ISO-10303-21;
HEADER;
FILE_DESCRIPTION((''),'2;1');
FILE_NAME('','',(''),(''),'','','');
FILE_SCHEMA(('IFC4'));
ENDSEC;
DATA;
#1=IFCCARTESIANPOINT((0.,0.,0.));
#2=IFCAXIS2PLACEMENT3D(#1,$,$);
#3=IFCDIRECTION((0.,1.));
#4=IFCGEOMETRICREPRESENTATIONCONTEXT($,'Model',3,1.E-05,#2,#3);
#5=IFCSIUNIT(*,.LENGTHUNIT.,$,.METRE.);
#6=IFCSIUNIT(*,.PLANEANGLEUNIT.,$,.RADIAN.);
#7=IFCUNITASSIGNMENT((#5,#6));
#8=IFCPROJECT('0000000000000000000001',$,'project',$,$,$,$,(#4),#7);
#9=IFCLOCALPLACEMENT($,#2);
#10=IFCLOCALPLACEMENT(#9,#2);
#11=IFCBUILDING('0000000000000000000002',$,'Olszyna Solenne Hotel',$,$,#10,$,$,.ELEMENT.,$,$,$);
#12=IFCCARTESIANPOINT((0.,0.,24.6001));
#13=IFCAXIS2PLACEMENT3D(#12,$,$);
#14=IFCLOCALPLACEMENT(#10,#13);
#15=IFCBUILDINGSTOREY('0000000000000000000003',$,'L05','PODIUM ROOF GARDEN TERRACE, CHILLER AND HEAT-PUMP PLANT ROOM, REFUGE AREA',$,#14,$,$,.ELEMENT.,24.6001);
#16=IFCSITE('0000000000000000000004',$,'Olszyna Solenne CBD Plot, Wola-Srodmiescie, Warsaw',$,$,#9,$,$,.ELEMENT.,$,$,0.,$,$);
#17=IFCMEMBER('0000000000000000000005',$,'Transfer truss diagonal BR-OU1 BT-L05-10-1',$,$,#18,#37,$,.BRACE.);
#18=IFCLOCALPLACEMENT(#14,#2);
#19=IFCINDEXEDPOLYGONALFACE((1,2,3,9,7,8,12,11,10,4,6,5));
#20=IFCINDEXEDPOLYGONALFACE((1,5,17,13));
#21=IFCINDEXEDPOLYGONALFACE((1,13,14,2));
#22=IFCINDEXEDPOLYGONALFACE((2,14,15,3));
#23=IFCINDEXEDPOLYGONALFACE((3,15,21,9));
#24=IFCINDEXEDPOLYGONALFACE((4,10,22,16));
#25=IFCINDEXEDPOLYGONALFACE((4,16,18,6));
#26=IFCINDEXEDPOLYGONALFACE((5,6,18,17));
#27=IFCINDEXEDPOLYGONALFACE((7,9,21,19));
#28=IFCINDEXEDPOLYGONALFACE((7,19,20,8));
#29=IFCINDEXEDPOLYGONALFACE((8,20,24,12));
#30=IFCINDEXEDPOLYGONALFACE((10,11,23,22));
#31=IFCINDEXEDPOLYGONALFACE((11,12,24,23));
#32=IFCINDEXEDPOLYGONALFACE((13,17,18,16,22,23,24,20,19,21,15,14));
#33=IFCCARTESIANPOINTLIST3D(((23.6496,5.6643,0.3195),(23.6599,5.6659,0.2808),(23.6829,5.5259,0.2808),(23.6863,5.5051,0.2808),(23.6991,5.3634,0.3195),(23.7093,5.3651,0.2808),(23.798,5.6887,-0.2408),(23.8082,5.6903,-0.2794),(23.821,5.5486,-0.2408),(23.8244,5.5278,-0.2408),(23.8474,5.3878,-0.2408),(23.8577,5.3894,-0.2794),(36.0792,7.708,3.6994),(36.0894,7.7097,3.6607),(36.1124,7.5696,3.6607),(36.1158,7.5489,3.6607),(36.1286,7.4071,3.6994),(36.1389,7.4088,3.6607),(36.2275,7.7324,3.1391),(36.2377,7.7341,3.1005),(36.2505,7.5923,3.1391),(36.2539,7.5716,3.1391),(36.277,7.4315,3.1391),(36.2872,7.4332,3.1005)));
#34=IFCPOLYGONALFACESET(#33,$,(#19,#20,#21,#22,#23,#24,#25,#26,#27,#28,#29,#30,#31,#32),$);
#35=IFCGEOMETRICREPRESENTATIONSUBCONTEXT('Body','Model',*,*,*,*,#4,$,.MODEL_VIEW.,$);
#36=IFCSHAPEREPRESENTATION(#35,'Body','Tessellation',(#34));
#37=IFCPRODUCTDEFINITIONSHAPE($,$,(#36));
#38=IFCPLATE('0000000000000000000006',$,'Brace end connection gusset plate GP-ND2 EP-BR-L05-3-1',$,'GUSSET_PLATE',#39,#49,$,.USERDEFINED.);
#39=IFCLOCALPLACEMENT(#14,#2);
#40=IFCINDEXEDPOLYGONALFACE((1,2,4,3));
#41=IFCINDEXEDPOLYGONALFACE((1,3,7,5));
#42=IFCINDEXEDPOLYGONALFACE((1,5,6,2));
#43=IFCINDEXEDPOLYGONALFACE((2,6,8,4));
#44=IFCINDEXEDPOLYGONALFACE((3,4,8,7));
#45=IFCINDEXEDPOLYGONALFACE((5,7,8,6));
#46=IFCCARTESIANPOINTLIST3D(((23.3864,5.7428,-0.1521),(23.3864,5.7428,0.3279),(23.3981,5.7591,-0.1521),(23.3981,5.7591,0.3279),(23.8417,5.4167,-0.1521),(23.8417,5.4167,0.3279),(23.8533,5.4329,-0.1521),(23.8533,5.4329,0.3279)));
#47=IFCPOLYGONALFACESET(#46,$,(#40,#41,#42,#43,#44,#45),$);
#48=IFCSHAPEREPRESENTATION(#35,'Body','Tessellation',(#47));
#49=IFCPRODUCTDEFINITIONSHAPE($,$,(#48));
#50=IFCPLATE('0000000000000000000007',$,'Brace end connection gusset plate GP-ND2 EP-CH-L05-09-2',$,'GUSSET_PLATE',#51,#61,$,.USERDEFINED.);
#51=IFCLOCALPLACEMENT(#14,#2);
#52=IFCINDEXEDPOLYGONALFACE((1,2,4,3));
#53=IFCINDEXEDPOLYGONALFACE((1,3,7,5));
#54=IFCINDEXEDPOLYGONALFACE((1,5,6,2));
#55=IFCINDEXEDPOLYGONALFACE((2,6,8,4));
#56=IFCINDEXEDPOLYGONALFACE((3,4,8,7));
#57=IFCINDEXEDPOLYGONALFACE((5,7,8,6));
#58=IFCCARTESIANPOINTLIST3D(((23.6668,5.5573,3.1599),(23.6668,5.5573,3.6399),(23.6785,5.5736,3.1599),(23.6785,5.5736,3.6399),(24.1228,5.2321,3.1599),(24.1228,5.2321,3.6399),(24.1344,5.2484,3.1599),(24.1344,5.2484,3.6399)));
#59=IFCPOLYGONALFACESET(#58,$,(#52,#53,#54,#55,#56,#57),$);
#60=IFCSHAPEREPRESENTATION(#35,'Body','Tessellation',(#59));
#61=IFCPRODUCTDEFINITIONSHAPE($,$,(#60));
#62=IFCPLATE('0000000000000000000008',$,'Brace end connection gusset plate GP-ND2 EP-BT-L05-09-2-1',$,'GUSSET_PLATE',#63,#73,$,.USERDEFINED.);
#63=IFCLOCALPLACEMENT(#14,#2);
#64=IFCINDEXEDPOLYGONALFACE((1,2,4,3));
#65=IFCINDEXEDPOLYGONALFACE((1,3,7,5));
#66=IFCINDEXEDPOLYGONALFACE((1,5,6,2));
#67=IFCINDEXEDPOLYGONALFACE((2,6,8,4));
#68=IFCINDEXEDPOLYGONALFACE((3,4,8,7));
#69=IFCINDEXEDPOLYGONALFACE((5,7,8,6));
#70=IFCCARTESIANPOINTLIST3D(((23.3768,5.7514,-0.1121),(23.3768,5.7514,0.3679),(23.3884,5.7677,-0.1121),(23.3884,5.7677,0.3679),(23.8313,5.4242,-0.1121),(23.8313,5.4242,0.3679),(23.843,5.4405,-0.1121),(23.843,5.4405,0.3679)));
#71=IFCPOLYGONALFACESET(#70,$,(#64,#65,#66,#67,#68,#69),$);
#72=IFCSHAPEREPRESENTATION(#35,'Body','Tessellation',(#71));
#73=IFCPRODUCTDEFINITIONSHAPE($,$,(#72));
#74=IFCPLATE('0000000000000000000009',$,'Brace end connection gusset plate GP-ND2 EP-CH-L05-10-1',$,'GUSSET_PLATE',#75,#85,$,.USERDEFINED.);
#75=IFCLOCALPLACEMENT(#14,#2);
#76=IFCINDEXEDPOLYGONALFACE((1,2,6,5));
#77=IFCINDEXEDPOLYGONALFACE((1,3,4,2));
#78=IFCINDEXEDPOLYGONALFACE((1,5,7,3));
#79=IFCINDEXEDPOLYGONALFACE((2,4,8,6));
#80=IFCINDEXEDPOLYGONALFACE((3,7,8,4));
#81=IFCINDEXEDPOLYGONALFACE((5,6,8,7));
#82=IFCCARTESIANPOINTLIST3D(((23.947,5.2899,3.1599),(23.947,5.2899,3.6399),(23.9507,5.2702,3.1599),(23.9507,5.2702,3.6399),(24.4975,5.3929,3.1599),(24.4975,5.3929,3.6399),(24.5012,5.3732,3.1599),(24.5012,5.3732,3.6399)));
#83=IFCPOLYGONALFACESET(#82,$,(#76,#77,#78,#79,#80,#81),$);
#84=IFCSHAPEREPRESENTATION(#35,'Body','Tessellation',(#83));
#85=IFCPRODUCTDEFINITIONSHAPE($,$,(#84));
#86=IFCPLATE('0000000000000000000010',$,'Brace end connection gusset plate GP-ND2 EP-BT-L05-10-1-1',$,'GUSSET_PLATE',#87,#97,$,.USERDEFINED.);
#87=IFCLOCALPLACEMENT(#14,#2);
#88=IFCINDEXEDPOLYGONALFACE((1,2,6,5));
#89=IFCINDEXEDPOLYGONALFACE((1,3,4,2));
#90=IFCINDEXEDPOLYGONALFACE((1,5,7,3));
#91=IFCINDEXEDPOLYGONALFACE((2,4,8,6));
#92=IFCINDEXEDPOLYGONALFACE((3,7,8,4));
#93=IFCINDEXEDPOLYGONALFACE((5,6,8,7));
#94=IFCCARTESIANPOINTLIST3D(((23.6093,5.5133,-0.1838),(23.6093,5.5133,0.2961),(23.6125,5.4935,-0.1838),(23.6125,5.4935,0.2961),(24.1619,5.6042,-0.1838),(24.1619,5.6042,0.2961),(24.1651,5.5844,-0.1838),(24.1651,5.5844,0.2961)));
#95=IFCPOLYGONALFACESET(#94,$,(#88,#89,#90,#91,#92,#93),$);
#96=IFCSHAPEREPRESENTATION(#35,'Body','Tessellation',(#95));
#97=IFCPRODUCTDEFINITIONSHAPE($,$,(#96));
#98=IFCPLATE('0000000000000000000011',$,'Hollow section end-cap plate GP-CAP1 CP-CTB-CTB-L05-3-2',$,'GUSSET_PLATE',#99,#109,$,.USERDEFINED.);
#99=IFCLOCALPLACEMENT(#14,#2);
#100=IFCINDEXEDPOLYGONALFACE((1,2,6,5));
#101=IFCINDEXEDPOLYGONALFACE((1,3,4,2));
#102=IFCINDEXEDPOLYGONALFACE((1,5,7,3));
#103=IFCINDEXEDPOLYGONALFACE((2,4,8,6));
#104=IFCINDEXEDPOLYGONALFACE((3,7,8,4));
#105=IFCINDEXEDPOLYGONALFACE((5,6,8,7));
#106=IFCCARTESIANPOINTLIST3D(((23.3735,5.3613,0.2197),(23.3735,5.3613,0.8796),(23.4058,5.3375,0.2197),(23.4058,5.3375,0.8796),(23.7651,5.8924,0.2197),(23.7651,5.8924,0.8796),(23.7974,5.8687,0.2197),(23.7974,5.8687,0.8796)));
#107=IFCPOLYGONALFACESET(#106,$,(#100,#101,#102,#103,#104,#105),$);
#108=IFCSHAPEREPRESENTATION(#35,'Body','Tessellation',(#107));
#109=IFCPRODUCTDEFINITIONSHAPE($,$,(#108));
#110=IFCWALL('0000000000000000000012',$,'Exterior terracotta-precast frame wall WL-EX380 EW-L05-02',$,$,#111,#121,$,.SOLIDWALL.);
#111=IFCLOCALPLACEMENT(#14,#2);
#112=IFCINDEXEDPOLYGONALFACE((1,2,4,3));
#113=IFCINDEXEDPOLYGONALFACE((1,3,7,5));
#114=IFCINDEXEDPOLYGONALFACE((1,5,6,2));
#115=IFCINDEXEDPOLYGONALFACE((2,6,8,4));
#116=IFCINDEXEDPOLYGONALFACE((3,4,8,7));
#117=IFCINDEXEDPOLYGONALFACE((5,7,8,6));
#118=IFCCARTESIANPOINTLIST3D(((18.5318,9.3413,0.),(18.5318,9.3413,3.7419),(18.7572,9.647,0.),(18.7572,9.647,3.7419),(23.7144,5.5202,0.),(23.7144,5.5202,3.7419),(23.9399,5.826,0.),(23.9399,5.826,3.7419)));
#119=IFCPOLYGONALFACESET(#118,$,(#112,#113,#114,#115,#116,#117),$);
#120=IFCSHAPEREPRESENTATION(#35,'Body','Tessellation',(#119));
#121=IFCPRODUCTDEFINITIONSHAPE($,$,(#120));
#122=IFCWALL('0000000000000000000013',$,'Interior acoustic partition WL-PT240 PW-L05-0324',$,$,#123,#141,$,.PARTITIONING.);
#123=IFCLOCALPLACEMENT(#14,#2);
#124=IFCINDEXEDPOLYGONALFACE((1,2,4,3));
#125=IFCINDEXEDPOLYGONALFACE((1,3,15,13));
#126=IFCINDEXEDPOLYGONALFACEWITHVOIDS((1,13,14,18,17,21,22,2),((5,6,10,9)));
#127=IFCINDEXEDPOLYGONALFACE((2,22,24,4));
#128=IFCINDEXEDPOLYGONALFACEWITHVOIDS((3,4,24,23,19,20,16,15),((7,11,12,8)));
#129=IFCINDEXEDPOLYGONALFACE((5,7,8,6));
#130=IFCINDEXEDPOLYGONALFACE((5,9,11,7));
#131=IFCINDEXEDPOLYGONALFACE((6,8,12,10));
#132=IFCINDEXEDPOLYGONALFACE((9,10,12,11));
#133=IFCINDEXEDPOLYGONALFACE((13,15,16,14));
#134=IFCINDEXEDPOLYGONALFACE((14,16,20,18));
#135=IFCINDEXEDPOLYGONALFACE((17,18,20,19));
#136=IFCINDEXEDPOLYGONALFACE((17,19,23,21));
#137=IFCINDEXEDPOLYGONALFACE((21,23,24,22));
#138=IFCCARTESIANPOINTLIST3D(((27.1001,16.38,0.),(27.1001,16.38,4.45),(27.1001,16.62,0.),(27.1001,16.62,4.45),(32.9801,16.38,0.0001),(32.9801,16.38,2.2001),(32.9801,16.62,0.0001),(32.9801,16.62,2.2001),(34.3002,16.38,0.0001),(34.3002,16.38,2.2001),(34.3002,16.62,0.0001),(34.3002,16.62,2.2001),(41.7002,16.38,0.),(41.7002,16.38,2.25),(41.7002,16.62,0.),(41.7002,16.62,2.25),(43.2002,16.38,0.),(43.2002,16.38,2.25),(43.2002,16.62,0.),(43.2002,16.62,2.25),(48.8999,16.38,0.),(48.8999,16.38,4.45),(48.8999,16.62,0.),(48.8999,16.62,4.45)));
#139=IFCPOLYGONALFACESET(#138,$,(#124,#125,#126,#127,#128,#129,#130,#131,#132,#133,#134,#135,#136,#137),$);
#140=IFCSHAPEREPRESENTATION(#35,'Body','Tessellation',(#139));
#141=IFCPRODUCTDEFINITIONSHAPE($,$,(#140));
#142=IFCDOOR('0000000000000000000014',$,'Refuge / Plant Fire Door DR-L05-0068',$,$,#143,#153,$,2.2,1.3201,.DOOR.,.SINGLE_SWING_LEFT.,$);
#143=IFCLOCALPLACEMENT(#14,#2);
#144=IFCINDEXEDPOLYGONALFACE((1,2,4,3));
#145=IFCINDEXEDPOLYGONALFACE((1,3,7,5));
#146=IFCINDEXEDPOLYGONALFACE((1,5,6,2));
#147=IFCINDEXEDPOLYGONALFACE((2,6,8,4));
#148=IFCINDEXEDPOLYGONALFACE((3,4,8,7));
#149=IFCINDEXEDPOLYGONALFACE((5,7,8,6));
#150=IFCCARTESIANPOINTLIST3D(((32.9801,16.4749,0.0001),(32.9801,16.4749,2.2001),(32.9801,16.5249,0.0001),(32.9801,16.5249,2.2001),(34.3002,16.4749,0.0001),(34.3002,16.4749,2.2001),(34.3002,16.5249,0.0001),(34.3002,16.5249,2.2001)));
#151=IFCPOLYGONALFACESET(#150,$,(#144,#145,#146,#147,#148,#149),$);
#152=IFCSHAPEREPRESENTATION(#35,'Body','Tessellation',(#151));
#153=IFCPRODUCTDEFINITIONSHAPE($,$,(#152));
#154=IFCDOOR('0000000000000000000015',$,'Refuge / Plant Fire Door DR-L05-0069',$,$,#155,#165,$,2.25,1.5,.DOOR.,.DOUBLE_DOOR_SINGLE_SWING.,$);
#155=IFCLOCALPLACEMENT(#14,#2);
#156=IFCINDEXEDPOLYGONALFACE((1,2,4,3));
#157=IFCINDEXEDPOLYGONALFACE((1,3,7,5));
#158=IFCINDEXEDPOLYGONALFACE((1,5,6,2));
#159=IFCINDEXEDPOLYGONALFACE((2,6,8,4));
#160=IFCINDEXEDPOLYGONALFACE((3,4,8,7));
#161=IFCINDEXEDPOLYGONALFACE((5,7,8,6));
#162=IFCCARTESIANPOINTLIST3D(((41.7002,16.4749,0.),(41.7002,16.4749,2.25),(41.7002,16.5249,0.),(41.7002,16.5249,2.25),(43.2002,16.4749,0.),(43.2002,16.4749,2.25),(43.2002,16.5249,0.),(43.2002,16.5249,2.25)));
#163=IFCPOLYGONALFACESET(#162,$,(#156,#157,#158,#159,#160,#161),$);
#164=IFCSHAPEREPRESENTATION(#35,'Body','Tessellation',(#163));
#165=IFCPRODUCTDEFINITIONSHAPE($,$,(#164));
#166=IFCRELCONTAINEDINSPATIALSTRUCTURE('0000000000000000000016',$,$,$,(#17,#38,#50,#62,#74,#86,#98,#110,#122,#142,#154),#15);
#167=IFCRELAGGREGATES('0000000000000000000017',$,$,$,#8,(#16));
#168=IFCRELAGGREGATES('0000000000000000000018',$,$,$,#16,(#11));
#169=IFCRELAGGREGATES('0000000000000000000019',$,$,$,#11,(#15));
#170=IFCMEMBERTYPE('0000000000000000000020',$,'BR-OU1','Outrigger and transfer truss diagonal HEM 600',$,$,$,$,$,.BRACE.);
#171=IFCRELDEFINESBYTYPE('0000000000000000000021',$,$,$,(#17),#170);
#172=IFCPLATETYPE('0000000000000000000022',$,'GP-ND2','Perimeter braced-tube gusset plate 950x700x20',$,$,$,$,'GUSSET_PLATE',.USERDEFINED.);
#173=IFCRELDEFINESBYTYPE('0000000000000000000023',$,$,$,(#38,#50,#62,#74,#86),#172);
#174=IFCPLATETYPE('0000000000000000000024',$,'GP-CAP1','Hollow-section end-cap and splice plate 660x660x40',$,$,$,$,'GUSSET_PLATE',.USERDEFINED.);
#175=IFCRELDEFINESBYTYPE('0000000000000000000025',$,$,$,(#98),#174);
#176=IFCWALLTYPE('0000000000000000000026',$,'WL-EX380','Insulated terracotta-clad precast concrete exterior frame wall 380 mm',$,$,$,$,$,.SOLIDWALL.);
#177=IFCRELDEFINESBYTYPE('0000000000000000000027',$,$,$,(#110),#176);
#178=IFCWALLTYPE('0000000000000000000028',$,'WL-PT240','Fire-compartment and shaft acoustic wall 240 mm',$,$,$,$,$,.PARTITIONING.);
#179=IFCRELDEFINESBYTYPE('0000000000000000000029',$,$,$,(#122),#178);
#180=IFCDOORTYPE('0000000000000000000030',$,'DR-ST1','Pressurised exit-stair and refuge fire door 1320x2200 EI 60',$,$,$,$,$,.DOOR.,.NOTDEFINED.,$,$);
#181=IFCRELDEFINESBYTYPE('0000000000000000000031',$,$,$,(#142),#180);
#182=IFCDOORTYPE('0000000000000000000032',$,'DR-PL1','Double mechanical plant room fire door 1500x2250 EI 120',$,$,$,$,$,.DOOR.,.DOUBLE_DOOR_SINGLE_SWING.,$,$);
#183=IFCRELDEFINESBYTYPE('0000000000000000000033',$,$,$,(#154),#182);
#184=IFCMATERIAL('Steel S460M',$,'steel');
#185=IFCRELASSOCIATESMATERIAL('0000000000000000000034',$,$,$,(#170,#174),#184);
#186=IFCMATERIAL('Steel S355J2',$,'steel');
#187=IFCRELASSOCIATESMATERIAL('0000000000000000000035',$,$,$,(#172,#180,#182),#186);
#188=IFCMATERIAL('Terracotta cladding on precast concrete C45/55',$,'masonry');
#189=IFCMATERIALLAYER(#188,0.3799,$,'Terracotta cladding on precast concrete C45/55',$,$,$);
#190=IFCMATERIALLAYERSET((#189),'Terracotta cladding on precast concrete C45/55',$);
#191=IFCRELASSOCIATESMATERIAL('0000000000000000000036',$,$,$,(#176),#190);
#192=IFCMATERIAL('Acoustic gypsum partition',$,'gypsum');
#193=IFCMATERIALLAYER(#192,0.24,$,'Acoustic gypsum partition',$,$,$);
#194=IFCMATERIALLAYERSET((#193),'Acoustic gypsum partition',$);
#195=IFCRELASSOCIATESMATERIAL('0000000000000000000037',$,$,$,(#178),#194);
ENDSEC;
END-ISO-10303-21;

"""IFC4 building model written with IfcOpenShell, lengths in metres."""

from ifc_helpers import new_model, si_unit, direction, frame, frame_2d, origin, origin_2d, place, context, subcontext, project, spatial, rectangle, i_section, extrude, source, transform, mapped, material, layer, layer_set, material_profile, profile_set, type_object, type_shapes, element, fill, save


model = new_model("IFC4")

# Units and contexts
model_context = context("Model", 3, precision=1e-05, world=origin(), true_north=direction((0.0, 1.0)))
body_context = subcontext(model_context, "Body", "Model", "MODEL_VIEW")
ifc_project = project(units=[si_unit("LENGTHUNIT", "METRE"), si_unit("PLANEANGLEUNIT", "RADIAN")], contexts=[model_context])

# Site, building, storey
site_placement = place(None, origin())
site = spatial("IfcSite", under=ifc_project, at=site_placement, Name="Olszyna Solenne CBD Plot, Wola-Srodmiescie, Warsaw", CompositionType="ELEMENT", RefElevation=0.0)
building_placement = place(site_placement, origin())
building = spatial("IfcBuilding", under=site, at=building_placement, Name="Olszyna Solenne Hotel", CompositionType="ELEMENT")
storey_placement = place(building_placement, frame((0.0, 0.0, 24.6001)))
storey = spatial("IfcBuildingStorey", under=building, at=storey_placement, Name="L05", Description="PODIUM ROOF GARDEN TERRACE, CHILLER AND HEAT-PUMP PLANT ROOM, REFUGE AREA", CompositionType="ELEMENT", Elevation=24.6001)

# Shared definitions
ifc_material_1 = material(Name="Steel S460M", Category="steel")

# Shared definitions
ifc_material_2 = material(Name="Steel S355J2", Category="steel")

# Member
ifc_material_profile_1 = material_profile(ifc_material_1, i_section(OverallWidth=0.3049, OverallDepth=0.6201, WebThickness=0.021, FlangeThickness=0.04, at=origin_2d()), Name="HEM 600", Category="load-bearing")
ifc_profile_set_1 = profile_set([ifc_material_profile_1], Name="Steel S460M")
member_type_1 = type_object("IfcMemberType", Name="BR-OU1", Description="Outrigger and transfer truss diagonal HEM 600", PredefinedType="BRACE", material=ifc_profile_set_1)
shared_shape_1 = source(origin(), body_context, "Body", "SweptSolid", [
    extrude(i_section(OverallWidth=0.3049, OverallDepth=0.6201, WebThickness=0.021, FlangeThickness=0.04, at=origin_2d()), origin(), (0.0, 0.0, 1.0), 13.042),
])
member_1_placement = place(storey_placement, frame((23.7537, 5.5269, 0.02), z_axis=(0.953039, 0.156703, 0.259156), x_axis=(-0.162246, 0.98675, 0.0)))
element("IfcMember", 1, at=member_1_placement, inside=storey, type_object=member_type_1, Name="Transfer truss diagonal BR-OU1 BT-L05-10-1", PredefinedType="BRACE", context=body_context, shape_type="MappedRepresentation", body=[
    mapped(shared_shape_1, transform((0.0, 0.0, 0.0), x_axis=(1.0, 0.0, 0.0), y_axis=(0.0, 1.0, 0.0), z_axis=(0.0, 0.0, 1.0), scale=1.0)),
])

# Plates
plate_type_1 = type_object("IfcPlateType", Name="GP-ND2", Description="Perimeter braced-tube gusset plate 950x700x20", ElementType="GUSSET_PLATE", PredefinedType="USERDEFINED", material=ifc_material_2)
shared_shape_2 = source(origin(), body_context, "Body", "SweptSolid", [
    extrude(rectangle(XDim=0.5601, YDim=0.02, at=origin_2d()), origin(), (0.0, 0.0, 1.0), 0.48),
])
for number, where, z_axis, x_axis, name in (
    (2, (23.6199, 5.5879, -0.1521), (0.0, 0.0, 1.0), (-0.812898, 0.582407, 0.0), "Brace end connection gusset plate GP-ND2 EP-BR-L05-3-1"),
    (3, (23.9006, 5.4028, 3.1599), (0.0, 0.0, 1.0), (0.814116, -0.580703, 0.0), "Brace end connection gusset plate GP-ND2 EP-CH-L05-09-2"),
    (4, (23.6099, 5.5959, -0.1121), (0.0, 0.0, 1.0), (-0.811574, 0.58425, 0.0), "Brace end connection gusset plate GP-ND2 EP-BT-L05-09-2-1"),
    (5, (24.2241, 5.3315, 3.1599), (0.0, 0.0, 1.0), (0.982935, 0.183951, 0.0), "Brace end connection gusset plate GP-ND2 EP-CH-L05-10-1"),
    (6, (23.8872, 5.5488, -0.1838), (0.0, 0.0, 1.0), (0.986743, 0.162293, 0.0), "Brace end connection gusset plate GP-ND2 EP-BT-L05-10-1-1"),
):
    element("IfcPlate", number, at=place(storey_placement, frame(where, z_axis=z_axis, x_axis=x_axis)), inside=storey, type_object=plate_type_1, Name=name, ObjectType="GUSSET_PLATE", PredefinedType="USERDEFINED", context=body_context, shape_type="MappedRepresentation", body=[
        mapped(shared_shape_2, transform((0.0, 0.0, 0.0), x_axis=(1.0, 0.0, 0.0), y_axis=(0.0, 1.0, 0.0), z_axis=(0.0, 0.0, 1.0), scale=1.0)),
    ])
plate_type_2 = type_object("IfcPlateType", Name="GP-CAP1", Description="Hollow-section end-cap and splice plate 660x660x40", ElementType="GUSSET_PLATE", PredefinedType="USERDEFINED", material=ifc_material_1)
shared_shape_3 = source(origin(), body_context, "Body", "SweptSolid", [
    extrude(rectangle(XDim=0.04, YDim=0.6599, at=origin_2d()), origin(), (0.0, 0.0, 1.0), 0.6599),
])
plate_placement = place(storey_placement, frame((23.5854, 5.615, 0.2197), z_axis=(0.0, 0.0, 1.0), x_axis=(0.804894, -0.593419, 0.0)))
element("IfcPlate", 7, at=plate_placement, inside=storey, type_object=plate_type_2, Name="Hollow section end-cap plate GP-CAP1 CP-CTB-CTB-L05-3-2", ObjectType="GUSSET_PLATE", PredefinedType="USERDEFINED", context=body_context, shape_type="MappedRepresentation", body=[
    mapped(shared_shape_3, transform((0.0, 0.0, 0.0), x_axis=(1.0, 0.0, 0.0), y_axis=(0.0, 1.0, 0.0), z_axis=(0.0, 0.0, 1.0), scale=1.0)),
])

# Wall
ifc_material_3 = material(Name="Terracotta cladding on precast concrete C45/55", Category="masonry")
ifc_layer_1 = layer(ifc_material_3, 0.3799, Name="Terracotta cladding on precast concrete C45/55")
ifc_layer_set_1 = layer_set([ifc_layer_1], Name="Terracotta cladding on precast concrete C45/55")
wall_type_1 = type_object("IfcWallType", Name="WL-EX380", Description="Insulated terracotta-clad precast concrete exterior frame wall 380 mm", PredefinedType="SOLIDWALL", material=ifc_layer_set_1)
wall_1_placement = place(storey_placement, frame((23.8271, 5.6731, 0.0), z_axis=(0.0, 0.0, 1.0), x_axis=(-0.804887, 0.593428, 0.0)))
element("IfcWall", 8, at=wall_1_placement, inside=storey, type_object=wall_type_1, Name="Exterior terracotta-precast frame wall WL-EX380 EW-L05-02", PredefinedType="SOLIDWALL", context=body_context, shape_type="SweptSolid", body=[
    extrude(rectangle(XDim=6.439, YDim=0.3799, at=frame_2d((3.2195, 0.0))), origin(), (0.0, 0.0, 1.0), 3.7419),
])

# Wall, openings, doors
ifc_material_4 = material(Name="Acoustic gypsum partition", Category="gypsum")
ifc_layer_2 = layer(ifc_material_4, 0.24, Name="Acoustic gypsum partition")
ifc_layer_set_2 = layer_set([ifc_layer_2], Name="Acoustic gypsum partition")
wall_type_2 = type_object("IfcWallType", Name="WL-PT240", Description="Fire-compartment and shaft acoustic wall 240 mm", PredefinedType="PARTITIONING", material=ifc_layer_set_2)
wall_2_placement = place(storey_placement, frame((27.1001, 16.5, 0.0), z_axis=(0.0, 0.0, 1.0), x_axis=(1.0, 0.0, 0.0)))
wall_2 = element("IfcWall", 9, at=wall_2_placement, inside=storey, type_object=wall_type_2, Name="Interior acoustic partition WL-PT240 PW-L05-0324", PredefinedType="PARTITIONING", context=body_context, shape_type="SweptSolid", body=[
    extrude(rectangle(XDim=21.7998, YDim=0.24, at=frame_2d((10.8999, 0.0))), origin(), (0.0, 0.0, 1.0), 4.45),
])
opening_1_placement = place(wall_2_placement, frame((5.8799, 0.0, 0.0)))
opening_1 = element("IfcOpeningElement", 10, at=opening_1_placement, cuts=wall_2, PredefinedType="OPENING", context=body_context, shape_type="SweptSolid", body=[
    extrude(rectangle(XDim=1.3201, YDim=2.2, at=frame_2d((0.6602, 1.1001))), frame((0.0, 0.1299, 0.0), z_axis=(0.0, -1.0, 0.0), x_axis=(1.0, 0.0, 0.0)), (0.0, 0.0, 1.0), 0.26),
])
opening_2_placement = place(wall_2_placement, frame((14.6001, 0.0, 0.0)))
opening_2 = element("IfcOpeningElement", 11, at=opening_2_placement, cuts=wall_2, PredefinedType="OPENING", context=body_context, shape_type="SweptSolid", body=[
    extrude(rectangle(XDim=1.5, YDim=2.25, at=frame_2d((0.75, 1.125))), frame((0.0, 0.1299, 0.0), z_axis=(0.0, -1.0, 0.0), x_axis=(1.0, 0.0, 0.0)), (0.0, 0.0, 1.0), 0.26),
])
door_type_1 = type_object("IfcDoorType", Name="DR-ST1", Description="Pressurised exit-stair and refuge fire door 1320x2200 EI 60", OperationType="NOTDEFINED", PredefinedType="DOOR", material=ifc_material_2)
shared_shape_4 = source(origin(), body_context, "Body", "SweptSolid", [
    extrude(rectangle(XDim=1.3201, YDim=2.2, at=frame_2d((0.6602, 1.1001))), frame((0.0, 0.0249, 0.0), z_axis=(0.0, -1.0, 0.0), x_axis=(1.0, 0.0, 0.0)), (0.0, 0.0, 1.0), 0.05),
])
type_shapes(door_type_1, [shared_shape_4])
door_1_placement = place(opening_1_placement, origin())
door_1 = element("IfcDoor", 12, at=door_1_placement, inside=storey, type_object=door_type_1, Name="Refuge / Plant Fire Door DR-L05-0068", OperationType="SINGLE_SWING_LEFT", OverallHeight=2.2, OverallWidth=1.3201, PredefinedType="DOOR", context=body_context, shape_type="MappedRepresentation", body=[
    mapped(shared_shape_4, transform((0.0, 0.0, 0.0), x_axis=(1.0, 0.0, 0.0), y_axis=(0.0, 1.0, 0.0), z_axis=(0.0, 0.0, 1.0), scale=1.0)),
])
fill(opening_1, door_1)
door_type_2 = type_object("IfcDoorType", Name="DR-PL1", Description="Double mechanical plant room fire door 1500x2250 EI 120", OperationType="DOUBLE_DOOR_SINGLE_SWING", PredefinedType="DOOR", material=ifc_material_2)
shared_shape_5 = source(origin(), body_context, "Body", "SweptSolid", [
    extrude(rectangle(XDim=1.5, YDim=2.25, at=frame_2d((0.75, 1.125))), frame((0.0, 0.0249, 0.0), z_axis=(0.0, -1.0, 0.0), x_axis=(1.0, 0.0, 0.0)), (0.0, 0.0, 1.0), 0.05),
])
type_shapes(door_type_2, [shared_shape_5])
door_2_placement = place(opening_2_placement, origin())
door_2 = element("IfcDoor", 13, at=door_2_placement, inside=storey, type_object=door_type_2, Name="Refuge / Plant Fire Door DR-L05-0069", OperationType="DOUBLE_DOOR_SINGLE_SWING", OverallHeight=2.25, OverallWidth=1.5, PredefinedType="DOOR", context=body_context, shape_type="MappedRepresentation", body=[
    mapped(shared_shape_5, transform((0.0, 0.0, 0.0), x_axis=(1.0, 0.0, 0.0), y_axis=(0.0, 1.0, 0.0), z_axis=(0.0, 0.0, 1.0), scale=1.0)),
])
fill(opening_2, door_2)

save(model, "model.ifc")
